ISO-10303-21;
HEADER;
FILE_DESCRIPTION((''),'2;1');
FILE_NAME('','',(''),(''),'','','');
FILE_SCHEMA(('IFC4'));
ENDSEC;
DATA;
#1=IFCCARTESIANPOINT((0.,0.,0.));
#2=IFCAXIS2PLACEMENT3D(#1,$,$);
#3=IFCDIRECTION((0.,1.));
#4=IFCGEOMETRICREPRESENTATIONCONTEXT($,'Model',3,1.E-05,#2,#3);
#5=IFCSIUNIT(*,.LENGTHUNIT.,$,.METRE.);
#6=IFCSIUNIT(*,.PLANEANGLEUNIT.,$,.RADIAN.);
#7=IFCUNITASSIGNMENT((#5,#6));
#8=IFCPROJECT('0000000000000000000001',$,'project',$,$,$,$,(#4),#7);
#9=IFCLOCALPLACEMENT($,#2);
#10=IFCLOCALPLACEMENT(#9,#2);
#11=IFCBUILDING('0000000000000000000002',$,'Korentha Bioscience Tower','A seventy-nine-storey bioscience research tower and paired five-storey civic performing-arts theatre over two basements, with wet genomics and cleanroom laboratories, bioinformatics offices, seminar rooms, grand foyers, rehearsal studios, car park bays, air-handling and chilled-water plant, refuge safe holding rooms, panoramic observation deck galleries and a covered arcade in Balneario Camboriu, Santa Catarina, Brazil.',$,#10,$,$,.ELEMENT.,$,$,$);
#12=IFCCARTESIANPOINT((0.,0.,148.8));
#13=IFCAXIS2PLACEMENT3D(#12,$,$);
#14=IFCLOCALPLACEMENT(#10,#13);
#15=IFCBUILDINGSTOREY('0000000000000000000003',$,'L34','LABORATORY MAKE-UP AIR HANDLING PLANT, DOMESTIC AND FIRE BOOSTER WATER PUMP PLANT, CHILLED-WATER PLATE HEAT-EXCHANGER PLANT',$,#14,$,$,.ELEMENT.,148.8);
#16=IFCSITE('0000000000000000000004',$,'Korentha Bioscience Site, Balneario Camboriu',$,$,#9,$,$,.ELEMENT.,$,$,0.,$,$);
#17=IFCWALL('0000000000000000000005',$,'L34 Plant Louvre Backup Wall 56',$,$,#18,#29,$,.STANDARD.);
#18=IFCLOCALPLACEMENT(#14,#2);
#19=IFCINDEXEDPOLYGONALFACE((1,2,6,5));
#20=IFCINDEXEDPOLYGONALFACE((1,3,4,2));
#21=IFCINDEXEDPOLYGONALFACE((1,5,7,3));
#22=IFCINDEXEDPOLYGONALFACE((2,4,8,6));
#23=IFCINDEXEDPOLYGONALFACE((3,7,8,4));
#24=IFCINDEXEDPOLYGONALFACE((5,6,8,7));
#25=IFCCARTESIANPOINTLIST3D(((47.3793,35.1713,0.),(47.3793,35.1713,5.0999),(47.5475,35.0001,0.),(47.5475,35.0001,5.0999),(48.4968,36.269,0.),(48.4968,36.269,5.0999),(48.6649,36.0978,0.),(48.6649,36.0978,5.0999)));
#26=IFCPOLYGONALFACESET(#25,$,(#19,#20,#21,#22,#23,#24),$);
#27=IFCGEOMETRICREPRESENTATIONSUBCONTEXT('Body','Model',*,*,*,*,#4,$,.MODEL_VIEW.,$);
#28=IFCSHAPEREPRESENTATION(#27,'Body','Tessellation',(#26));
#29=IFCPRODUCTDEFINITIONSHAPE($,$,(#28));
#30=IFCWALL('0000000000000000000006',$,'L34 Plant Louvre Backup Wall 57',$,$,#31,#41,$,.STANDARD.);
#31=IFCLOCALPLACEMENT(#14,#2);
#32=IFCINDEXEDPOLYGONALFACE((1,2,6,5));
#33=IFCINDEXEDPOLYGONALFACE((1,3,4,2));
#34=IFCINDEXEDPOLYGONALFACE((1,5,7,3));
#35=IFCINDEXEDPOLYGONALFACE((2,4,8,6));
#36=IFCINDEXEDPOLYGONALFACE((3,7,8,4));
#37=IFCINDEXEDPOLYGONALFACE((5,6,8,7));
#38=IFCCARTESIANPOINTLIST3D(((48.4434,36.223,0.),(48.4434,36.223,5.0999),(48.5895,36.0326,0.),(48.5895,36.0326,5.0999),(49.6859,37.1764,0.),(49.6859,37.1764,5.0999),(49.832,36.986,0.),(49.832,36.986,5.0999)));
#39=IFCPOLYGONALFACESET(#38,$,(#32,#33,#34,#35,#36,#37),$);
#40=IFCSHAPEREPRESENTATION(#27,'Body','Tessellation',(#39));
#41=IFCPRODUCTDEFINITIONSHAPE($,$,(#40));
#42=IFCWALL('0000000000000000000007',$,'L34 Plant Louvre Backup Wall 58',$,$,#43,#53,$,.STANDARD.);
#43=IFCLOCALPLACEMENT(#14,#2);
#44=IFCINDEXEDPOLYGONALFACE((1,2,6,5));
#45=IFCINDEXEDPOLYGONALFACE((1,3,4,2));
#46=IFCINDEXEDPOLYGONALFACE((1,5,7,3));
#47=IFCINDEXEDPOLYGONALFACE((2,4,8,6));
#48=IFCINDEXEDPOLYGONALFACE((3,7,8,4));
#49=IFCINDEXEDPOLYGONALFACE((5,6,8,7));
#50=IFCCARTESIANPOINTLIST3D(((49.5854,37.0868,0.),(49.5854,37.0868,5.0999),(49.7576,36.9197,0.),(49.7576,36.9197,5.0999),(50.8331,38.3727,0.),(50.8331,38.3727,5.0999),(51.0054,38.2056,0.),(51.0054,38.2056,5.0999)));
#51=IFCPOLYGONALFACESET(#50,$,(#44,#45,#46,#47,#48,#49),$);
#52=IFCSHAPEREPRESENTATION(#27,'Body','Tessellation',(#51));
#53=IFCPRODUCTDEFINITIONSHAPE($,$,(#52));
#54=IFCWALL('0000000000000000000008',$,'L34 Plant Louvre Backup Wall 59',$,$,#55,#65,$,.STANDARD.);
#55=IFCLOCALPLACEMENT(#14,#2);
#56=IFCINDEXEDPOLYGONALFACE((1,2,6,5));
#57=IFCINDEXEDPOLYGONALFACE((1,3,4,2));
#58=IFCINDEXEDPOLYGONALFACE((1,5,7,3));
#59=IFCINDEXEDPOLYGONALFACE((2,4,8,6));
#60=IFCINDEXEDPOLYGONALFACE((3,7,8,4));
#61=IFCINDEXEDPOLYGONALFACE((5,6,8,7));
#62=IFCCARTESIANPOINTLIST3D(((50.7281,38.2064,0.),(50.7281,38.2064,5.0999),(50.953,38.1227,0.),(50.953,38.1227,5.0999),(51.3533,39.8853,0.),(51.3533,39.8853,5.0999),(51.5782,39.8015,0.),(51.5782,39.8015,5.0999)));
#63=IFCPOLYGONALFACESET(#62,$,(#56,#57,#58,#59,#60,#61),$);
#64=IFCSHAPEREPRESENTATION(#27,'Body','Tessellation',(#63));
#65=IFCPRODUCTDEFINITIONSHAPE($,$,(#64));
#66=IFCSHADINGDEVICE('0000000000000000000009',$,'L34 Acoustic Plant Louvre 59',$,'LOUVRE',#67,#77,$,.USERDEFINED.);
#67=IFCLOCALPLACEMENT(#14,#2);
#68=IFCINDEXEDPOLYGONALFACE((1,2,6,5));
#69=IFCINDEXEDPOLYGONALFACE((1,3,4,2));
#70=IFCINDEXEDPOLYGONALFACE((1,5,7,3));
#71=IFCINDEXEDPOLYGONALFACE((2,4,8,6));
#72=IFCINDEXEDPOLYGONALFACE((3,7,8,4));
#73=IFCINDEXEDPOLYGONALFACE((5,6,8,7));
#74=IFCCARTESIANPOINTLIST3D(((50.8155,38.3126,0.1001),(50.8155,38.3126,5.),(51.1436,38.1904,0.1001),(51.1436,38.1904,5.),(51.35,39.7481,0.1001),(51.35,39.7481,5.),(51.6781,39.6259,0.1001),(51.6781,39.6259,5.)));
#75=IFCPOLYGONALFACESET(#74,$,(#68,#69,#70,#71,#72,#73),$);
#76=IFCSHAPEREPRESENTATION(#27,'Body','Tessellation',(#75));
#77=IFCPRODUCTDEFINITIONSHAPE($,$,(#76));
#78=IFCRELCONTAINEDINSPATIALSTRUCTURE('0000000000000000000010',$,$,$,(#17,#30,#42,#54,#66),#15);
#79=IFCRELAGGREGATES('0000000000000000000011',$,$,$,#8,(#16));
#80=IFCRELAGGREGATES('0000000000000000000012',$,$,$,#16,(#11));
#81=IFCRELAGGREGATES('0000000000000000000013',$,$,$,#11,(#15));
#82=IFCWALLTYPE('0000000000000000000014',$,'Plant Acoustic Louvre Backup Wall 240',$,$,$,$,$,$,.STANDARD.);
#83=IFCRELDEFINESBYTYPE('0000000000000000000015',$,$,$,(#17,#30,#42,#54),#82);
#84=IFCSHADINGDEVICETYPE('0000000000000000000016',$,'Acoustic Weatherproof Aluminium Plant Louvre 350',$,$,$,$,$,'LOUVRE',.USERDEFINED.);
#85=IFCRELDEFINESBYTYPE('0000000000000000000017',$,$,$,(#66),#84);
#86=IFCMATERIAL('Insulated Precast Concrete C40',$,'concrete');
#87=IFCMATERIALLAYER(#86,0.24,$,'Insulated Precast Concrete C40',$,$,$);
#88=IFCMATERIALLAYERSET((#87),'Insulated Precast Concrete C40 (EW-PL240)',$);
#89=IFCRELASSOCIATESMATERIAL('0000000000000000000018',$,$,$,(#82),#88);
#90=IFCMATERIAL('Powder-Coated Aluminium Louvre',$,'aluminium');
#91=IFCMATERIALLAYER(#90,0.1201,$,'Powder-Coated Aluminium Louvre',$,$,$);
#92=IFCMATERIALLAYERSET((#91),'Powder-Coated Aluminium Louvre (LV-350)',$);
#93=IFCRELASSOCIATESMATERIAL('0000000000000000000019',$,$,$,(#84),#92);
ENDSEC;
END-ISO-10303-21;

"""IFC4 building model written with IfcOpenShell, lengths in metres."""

from ifc_helpers import new_model, si_unit, direction, frame, frame_2d, origin, origin_2d, place, context, subcontext, project, spatial, rectangle, extrude, material, layer, layer_set, type_object, element, save


model = new_model("IFC4")

# Units and contexts
model_context = context("Model", 3, precision=1e-05, world=origin(), true_north=direction((0.0, 1.0)))
body_context = subcontext(model_context, "Body", "Model", "MODEL_VIEW")
ifc_project = project(units=[si_unit("LENGTHUNIT", "METRE"), si_unit("PLANEANGLEUNIT", "RADIAN")], contexts=[model_context])

# Site, building, storey
site_placement = place(None, origin())
site = spatial("IfcSite", under=ifc_project, at=site_placement, Name="Korentha Bioscience Site, Balneario Camboriu", CompositionType="ELEMENT", RefElevation=0.0)
building_placement = place(site_placement, origin())
building = spatial("IfcBuilding", under=site, at=building_placement, Name="Korentha Bioscience Tower", Description="A seventy-nine-storey bioscience research tower and paired five-storey civic performing-arts theatre over two basements, with wet genomics and cleanroom laboratories, bioinformatics offices, seminar rooms, grand foyers, rehearsal studios, car park bays, air-handling and chilled-water plant, refuge safe holding rooms, panoramic observation deck galleries and a covered arcade in Balneario Camboriu, Santa Catarina, Brazil.", CompositionType="ELEMENT")
storey_placement = place(building_placement, frame((0.0, 0.0, 148.8)))
storey = spatial("IfcBuildingStorey", under=building, at=storey_placement, Name="L34", Description="LABORATORY MAKE-UP AIR HANDLING PLANT, DOMESTIC AND FIRE BOOSTER WATER PUMP PLANT, CHILLED-WATER PLATE HEAT-EXCHANGER PLANT", CompositionType="ELEMENT", Elevation=148.8)

# Walls
ifc_material_1 = material(Name="Insulated Precast Concrete C40", Category="concrete")
ifc_layer_1 = layer(ifc_material_1, 0.24, Name="Insulated Precast Concrete C40")
ifc_layer_set_1 = layer_set([ifc_layer_1], Name="Insulated Precast Concrete C40 (EW-PL240)")
wall_type = type_object("IfcWallType", Name="Plant Acoustic Louvre Backup Wall 240", PredefinedType="STANDARD", material=ifc_layer_set_1)
wall_1_placement = place(storey_placement, frame((47.4634, 35.0857, 0.0), z_axis=(0.0, 0.0, 1.0), x_axis=(0.713391, 0.700766, 0.0)))
element("IfcWall", 1, at=wall_1_placement, inside=storey, type_object=wall_type, Name="L34 Plant Louvre Backup Wall 56", PredefinedType="STANDARD", context=body_context, shape_type="SweptSolid", body=[
    extrude(rectangle(XDim=1.5664, YDim=0.24, at=frame_2d((0.7832, 0.0))), origin(), (0.0, 0.0, 1.0), 5.0999),
])
wall_2_placement = place(storey_placement, frame((48.5164, 36.1277, 0.0), z_axis=(0.0, 0.0, 1.0), x_axis=(0.793348, 0.608769, 0.0)))
element("IfcWall", 2, at=wall_2_placement, inside=storey, type_object=wall_type, Name="L34 Plant Louvre Backup Wall 57", PredefinedType="STANDARD", context=body_context, shape_type="SweptSolid", body=[
    extrude(rectangle(XDim=1.5662, YDim=0.24, at=frame_2d((0.7832, 0.0))), origin(), (0.0, 0.0, 1.0), 5.0999),
])
wall_3_placement = place(storey_placement, frame((49.6714, 37.0032, 0.0), z_axis=(0.0, 0.0, 1.0), x_axis=(0.696399, 0.717655, 0.0)))
element("IfcWall", 3, at=wall_3_placement, inside=storey, type_object=wall_type, Name="L34 Plant Louvre Backup Wall 58", PredefinedType="STANDARD", context=body_context, shape_type="SweptSolid", body=[
    extrude(rectangle(XDim=1.7917, YDim=0.24, at=frame_2d((0.896, 0.0))), origin(), (0.0, 0.0, 1.0), 5.0999),
])
wall_4_placement = place(storey_placement, frame((50.8406, 38.1646, 0.0), z_axis=(0.0, 0.0, 1.0), x_axis=(0.348987, 0.937128, 0.0)))
element("IfcWall", 4, at=wall_4_placement, inside=storey, type_object=wall_type, Name="L34 Plant Louvre Backup Wall 59", PredefinedType="STANDARD", context=body_context, shape_type="SweptSolid", body=[
    extrude(rectangle(XDim=1.7915, YDim=0.24, at=frame_2d((0.8958, 0.0))), origin(), (0.0, 0.0, 1.0), 5.0999),
])

# Shading device
ifc_material_2 = material(Name="Powder-Coated Aluminium Louvre", Category="aluminium")
ifc_layer_2 = layer(ifc_material_2, 0.1201, Name="Powder-Coated Aluminium Louvre")
ifc_layer_set_2 = layer_set([ifc_layer_2], Name="Powder-Coated Aluminium Louvre (LV-350)")
shading_device_type = type_object("IfcShadingDeviceType", Name="Acoustic Weatherproof Aluminium Plant Louvre 350", ElementType="LOUVRE", PredefinedType="USERDEFINED", material=ifc_layer_set_2)
shading_device_placement = place(storey_placement, frame((51.2468, 38.9692, 0.1001), z_axis=(0.0, 0.0, 1.0), x_axis=(0.348933, 0.937148, 0.0)))
element("IfcShadingDevice", 5, at=shading_device_placement, inside=storey, type_object=shading_device_type, Name="L34 Acoustic Plant Louvre 59", ObjectType="LOUVRE", PredefinedType="USERDEFINED", context=body_context, shape_type="SweptSolid", body=[
    extrude(rectangle(XDim=1.5317, YDim=0.3501, at=origin_2d()), origin(), (0.0, 0.0, 1.0), 4.8999),
])

save(model, "model.ifc")
